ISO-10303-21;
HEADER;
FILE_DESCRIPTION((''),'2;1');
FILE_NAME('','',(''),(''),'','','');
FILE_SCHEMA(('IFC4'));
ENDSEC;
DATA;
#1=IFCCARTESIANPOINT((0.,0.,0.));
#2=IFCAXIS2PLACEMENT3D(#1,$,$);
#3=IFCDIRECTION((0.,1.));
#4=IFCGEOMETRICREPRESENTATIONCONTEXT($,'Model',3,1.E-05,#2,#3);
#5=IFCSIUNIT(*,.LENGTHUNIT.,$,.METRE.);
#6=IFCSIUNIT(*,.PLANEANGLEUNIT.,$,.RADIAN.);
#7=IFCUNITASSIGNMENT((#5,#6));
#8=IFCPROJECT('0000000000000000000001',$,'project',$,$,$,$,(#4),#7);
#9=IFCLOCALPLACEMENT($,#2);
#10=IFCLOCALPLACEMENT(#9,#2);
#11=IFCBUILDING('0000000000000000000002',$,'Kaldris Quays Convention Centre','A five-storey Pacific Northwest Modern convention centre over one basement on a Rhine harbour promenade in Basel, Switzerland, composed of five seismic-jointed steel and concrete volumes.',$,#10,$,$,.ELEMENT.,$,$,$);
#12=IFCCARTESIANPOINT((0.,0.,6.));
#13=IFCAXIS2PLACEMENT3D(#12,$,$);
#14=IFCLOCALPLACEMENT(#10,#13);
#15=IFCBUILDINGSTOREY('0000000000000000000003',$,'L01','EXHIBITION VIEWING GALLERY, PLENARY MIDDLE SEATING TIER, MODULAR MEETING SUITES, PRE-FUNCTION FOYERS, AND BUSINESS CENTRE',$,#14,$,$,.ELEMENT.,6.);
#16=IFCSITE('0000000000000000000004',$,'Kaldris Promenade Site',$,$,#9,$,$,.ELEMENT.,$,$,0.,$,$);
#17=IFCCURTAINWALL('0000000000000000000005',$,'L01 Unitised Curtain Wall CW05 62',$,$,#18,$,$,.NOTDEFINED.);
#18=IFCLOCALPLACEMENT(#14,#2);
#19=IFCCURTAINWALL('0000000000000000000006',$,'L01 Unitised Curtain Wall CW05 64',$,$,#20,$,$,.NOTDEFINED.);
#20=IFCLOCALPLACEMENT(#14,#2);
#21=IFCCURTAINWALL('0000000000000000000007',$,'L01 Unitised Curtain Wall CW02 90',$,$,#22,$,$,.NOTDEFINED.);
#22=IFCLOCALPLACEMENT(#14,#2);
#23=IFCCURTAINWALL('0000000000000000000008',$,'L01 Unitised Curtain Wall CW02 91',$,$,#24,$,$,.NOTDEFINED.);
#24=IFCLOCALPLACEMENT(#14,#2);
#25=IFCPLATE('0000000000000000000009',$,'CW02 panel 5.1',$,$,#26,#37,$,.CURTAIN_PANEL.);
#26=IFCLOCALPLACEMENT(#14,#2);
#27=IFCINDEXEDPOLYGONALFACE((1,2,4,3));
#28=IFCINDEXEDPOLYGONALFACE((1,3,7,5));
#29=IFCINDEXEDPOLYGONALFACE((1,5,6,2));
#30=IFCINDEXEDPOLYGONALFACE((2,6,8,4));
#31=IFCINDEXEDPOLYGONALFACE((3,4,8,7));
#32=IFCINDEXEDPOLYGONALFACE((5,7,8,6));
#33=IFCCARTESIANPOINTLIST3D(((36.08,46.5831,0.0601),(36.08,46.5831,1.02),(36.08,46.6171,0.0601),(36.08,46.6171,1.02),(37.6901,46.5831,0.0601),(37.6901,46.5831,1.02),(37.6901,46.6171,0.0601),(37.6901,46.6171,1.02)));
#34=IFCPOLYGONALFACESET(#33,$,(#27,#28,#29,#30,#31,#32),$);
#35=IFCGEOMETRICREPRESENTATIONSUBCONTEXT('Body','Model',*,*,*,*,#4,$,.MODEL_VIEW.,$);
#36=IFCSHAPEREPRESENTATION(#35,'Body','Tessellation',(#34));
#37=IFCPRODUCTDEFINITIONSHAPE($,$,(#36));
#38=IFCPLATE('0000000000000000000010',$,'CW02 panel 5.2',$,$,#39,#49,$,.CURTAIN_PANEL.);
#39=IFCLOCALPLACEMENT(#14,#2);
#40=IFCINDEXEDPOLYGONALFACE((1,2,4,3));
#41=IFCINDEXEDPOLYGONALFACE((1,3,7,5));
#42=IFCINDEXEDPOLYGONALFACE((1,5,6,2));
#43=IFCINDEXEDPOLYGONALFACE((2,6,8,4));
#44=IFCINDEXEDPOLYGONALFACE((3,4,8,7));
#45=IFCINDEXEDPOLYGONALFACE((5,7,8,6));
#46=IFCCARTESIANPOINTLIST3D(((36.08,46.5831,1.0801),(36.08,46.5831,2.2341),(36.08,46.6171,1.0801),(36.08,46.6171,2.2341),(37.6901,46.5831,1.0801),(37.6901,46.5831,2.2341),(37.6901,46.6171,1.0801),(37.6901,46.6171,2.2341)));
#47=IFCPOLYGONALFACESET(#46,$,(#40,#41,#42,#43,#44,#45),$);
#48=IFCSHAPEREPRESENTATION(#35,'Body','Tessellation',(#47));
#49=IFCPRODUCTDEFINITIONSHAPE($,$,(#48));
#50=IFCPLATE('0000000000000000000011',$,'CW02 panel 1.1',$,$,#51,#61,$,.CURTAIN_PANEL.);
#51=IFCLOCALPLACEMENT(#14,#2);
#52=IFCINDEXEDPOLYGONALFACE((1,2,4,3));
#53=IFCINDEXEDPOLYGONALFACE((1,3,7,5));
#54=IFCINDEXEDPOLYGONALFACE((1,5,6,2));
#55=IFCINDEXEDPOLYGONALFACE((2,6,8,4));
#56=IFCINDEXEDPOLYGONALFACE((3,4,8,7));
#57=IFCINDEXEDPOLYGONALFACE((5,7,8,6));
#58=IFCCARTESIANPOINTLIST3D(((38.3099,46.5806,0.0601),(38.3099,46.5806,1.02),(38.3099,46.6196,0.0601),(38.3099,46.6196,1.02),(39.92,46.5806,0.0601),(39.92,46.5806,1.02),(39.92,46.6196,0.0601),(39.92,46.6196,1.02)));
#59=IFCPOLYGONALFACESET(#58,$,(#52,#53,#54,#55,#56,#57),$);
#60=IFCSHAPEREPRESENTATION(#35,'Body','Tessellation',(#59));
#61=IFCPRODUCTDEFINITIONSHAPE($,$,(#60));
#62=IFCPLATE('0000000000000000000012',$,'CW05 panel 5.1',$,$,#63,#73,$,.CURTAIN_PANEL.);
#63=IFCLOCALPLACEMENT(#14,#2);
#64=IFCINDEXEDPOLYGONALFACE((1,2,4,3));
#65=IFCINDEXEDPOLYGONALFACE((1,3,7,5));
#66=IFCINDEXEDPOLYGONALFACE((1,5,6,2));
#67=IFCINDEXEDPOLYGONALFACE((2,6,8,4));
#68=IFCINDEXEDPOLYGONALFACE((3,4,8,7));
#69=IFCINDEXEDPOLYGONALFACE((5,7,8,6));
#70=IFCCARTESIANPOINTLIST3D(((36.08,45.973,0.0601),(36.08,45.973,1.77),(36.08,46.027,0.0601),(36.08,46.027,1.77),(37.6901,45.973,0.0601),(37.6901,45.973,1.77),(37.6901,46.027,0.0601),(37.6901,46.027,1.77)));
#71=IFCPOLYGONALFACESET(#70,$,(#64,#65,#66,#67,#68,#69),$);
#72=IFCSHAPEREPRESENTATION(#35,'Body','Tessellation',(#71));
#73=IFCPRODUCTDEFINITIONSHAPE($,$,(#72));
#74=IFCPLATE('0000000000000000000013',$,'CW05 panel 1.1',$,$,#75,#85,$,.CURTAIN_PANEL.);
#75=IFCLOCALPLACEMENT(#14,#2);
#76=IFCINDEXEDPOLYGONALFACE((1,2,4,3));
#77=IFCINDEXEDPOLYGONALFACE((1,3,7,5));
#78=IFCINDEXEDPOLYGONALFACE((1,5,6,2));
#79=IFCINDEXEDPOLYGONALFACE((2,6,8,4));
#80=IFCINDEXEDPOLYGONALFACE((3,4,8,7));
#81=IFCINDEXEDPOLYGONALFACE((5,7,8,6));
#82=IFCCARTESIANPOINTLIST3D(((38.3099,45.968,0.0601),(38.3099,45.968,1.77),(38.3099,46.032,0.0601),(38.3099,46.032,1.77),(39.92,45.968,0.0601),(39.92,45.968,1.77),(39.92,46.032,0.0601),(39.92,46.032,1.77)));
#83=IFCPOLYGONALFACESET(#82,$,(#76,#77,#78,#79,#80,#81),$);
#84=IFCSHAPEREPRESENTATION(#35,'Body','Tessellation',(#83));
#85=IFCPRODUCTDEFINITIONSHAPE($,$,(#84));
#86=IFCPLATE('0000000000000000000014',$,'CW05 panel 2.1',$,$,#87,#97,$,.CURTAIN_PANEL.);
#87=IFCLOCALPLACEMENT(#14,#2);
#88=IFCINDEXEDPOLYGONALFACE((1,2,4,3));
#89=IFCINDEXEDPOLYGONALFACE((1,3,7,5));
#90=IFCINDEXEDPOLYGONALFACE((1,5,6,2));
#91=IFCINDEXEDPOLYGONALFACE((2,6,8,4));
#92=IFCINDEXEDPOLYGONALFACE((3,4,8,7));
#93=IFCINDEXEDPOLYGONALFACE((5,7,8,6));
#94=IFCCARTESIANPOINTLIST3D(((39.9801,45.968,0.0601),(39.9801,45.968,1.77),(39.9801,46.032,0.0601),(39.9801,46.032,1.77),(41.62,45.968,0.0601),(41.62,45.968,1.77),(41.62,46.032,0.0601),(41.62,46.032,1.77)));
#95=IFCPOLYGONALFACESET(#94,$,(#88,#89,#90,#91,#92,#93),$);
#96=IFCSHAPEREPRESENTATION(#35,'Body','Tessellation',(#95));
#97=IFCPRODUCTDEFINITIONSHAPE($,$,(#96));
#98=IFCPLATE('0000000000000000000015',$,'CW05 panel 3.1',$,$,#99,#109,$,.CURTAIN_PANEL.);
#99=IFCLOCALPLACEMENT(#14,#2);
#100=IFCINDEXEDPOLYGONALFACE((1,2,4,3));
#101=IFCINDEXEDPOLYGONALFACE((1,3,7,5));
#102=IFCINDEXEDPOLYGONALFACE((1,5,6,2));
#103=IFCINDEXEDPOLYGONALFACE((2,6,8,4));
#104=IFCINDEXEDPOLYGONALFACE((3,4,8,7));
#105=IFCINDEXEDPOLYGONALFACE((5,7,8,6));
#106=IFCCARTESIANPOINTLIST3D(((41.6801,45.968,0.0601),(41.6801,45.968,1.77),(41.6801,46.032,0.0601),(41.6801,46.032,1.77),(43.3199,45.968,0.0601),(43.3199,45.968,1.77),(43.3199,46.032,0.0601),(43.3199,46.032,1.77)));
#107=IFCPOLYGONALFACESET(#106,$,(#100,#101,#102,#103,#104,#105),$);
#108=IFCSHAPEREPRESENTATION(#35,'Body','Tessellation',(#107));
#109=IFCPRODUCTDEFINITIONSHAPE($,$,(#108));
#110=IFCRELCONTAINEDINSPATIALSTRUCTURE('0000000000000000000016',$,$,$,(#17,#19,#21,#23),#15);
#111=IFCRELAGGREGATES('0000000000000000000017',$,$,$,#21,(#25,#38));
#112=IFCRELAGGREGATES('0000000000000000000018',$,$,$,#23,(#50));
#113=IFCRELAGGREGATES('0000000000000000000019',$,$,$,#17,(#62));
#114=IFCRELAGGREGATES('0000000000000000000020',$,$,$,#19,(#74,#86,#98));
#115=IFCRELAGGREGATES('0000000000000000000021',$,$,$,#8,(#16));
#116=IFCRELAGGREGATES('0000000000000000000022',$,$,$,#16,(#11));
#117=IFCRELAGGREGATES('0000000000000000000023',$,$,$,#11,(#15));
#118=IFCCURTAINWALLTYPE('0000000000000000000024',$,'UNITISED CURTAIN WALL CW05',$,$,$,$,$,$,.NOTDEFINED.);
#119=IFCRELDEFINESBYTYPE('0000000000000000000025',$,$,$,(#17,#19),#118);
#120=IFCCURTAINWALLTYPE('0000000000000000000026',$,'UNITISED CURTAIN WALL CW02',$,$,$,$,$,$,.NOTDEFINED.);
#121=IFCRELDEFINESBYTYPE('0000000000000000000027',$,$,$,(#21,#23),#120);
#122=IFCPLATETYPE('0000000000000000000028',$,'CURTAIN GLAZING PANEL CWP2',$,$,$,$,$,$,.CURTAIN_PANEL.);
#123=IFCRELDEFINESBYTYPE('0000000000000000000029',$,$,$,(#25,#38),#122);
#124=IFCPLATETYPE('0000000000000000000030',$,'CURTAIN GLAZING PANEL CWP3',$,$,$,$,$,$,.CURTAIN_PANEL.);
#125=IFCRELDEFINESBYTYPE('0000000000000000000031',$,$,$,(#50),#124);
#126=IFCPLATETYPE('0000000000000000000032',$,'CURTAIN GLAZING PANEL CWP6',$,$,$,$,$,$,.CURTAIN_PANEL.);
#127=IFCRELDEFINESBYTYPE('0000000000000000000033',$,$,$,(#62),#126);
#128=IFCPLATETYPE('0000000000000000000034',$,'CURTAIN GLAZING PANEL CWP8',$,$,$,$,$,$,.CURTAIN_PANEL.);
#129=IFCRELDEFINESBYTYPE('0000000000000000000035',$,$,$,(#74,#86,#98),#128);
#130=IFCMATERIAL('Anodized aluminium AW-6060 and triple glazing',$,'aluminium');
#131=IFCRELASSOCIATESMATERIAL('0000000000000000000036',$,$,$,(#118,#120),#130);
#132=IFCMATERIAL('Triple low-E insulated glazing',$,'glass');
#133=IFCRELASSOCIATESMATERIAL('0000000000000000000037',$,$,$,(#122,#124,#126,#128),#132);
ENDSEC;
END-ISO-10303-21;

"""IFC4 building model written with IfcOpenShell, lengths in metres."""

from ifc_helpers import new_model, si_unit, direction, frame, origin, origin_2d, place, context, subcontext, project, spatial, rectangle, extrude, material, type_object, element, aggregate, save


model = new_model("IFC4")

# Units and contexts
model_context = context("Model", 3, precision=1e-05, world=origin(), true_north=direction((0.0, 1.0)))
body_context = subcontext(model_context, "Body", "Model", "MODEL_VIEW")
ifc_project = project(units=[si_unit("LENGTHUNIT", "METRE"), si_unit("PLANEANGLEUNIT", "RADIAN")], contexts=[model_context])

# Site, building, storey
site_placement = place(None, origin())
site = spatial("IfcSite", under=ifc_project, at=site_placement, Name="Kaldris Promenade Site", CompositionType="ELEMENT", RefElevation=0.0)
building_placement = place(site_placement, origin())
building = spatial("IfcBuilding", under=site, at=building_placement, Name="Kaldris Quays Convention Centre", Description="A five-storey Pacific Northwest Modern convention centre over one basement on a Rhine harbour promenade in Basel, Switzerland, composed of five seismic-jointed steel and concrete volumes.", CompositionType="ELEMENT")
storey_placement = place(building_placement, frame((0.0, 0.0, 6.0)))
storey = spatial("IfcBuildingStorey", under=building, at=storey_placement, Name="L01", Description="EXHIBITION VIEWING GALLERY, PLENARY MIDDLE SEATING TIER, MODULAR MEETING SUITES, PRE-FUNCTION FOYERS, AND BUSINESS CENTRE", CompositionType="ELEMENT", Elevation=6.0)

# Curtain walls
ifc_material_1 = material(Name="Anodized aluminium AW-6060 and triple glazing", Category="aluminium")
curtain_wall_type_1 = type_object("IfcCurtainWallType", Name="UNITISED CURTAIN WALL CW05", PredefinedType="NOTDEFINED", material=ifc_material_1)
curtain_wall_1_placement = place(storey_placement, origin())
curtain_wall_1 = element("IfcCurtainWall", 1, at=curtain_wall_1_placement, inside=storey, type_object=curtain_wall_type_1, Name="L01 Unitised Curtain Wall CW05 62", PredefinedType="NOTDEFINED")
curtain_wall_2_placement = place(storey_placement, origin())
curtain_wall_2 = element("IfcCurtainWall", 2, at=curtain_wall_2_placement, inside=storey, type_object=curtain_wall_type_1, Name="L01 Unitised Curtain Wall CW05 64", PredefinedType="NOTDEFINED")
curtain_wall_type_2 = type_object("IfcCurtainWallType", Name="UNITISED CURTAIN WALL CW02", PredefinedType="NOTDEFINED", material=ifc_material_1)
curtain_wall_3_placement = place(storey_placement, origin())
curtain_wall_3 = element("IfcCurtainWall", 3, at=curtain_wall_3_placement, inside=storey, type_object=curtain_wall_type_2, Name="L01 Unitised Curtain Wall CW02 90", PredefinedType="NOTDEFINED")

# Curtain wall
curtain_wall_4_placement = place(storey_placement, origin())
curtain_wall_4 = element("IfcCurtainWall", 4, at=curtain_wall_4_placement, inside=storey, type_object=curtain_wall_type_2, Name="L01 Unitised Curtain Wall CW02 91", PredefinedType="NOTDEFINED")

# Plates
ifc_material_2 = material(Name="Triple low-E insulated glazing", Category="glass")
plate_type_1 = type_object("IfcPlateType", Name="CURTAIN GLAZING PANEL CWP2", PredefinedType="CURTAIN_PANEL", material=ifc_material_2)
plate_1_placement = place(storey_placement, frame((36.885, 46.6001, 0.0601), z_axis=(0.0, 0.0, 1.0), x_axis=(1.0, 0.0, 0.0)))
plate_1 = element("IfcPlate", 5, at=plate_1_placement, type_object=plate_type_1, Name="CW02 panel 5.1", PredefinedType="CURTAIN_PANEL", context=body_context, shape_type="SweptSolid", body=[
    extrude(rectangle(XDim=1.6101, YDim=0.0339, at=origin_2d()), origin(), (0.0, 0.0, 1.0), 0.96),
])
plate_2_placement = place(storey_placement, frame((36.885, 46.6001, 1.0801), z_axis=(0.0, 0.0, 1.0), x_axis=(1.0, 0.0, 0.0)))
plate_2 = element("IfcPlate", 6, at=plate_2_placement, type_object=plate_type_1, Name="CW02 panel 5.2", PredefinedType="CURTAIN_PANEL", context=body_context, shape_type="SweptSolid", body=[
    extrude(rectangle(XDim=1.6101, YDim=0.0339, at=origin_2d()), origin(), (0.0, 0.0, 1.0), 1.1541),
])
aggregate(curtain_wall_3, [plate_1, plate_2])
plate_type_2 = type_object("IfcPlateType", Name="CURTAIN GLAZING PANEL CWP3", PredefinedType="CURTAIN_PANEL", material=ifc_material_2)
plate_3_placement = place(storey_placement, frame((39.115, 46.6001, 0.0601), z_axis=(0.0, 0.0, 1.0), x_axis=(1.0, 0.0, 0.0)))
plate_3 = element("IfcPlate", 7, at=plate_3_placement, type_object=plate_type_2, Name="CW02 panel 1.1", PredefinedType="CURTAIN_PANEL", context=body_context, shape_type="SweptSolid", body=[
    extrude(rectangle(XDim=1.6101, YDim=0.0391, at=origin_2d()), origin(), (0.0, 0.0, 1.0), 0.96),
])
aggregate(curtain_wall_4, [plate_3])
plate_type_3 = type_object("IfcPlateType", Name="CURTAIN GLAZING PANEL CWP6", PredefinedType="CURTAIN_PANEL", material=ifc_material_2)
plate_4_placement = place(storey_placement, frame((36.885, 46.0, 0.0601), z_axis=(0.0, 0.0, 1.0), x_axis=(1.0, 0.0, 0.0)))
plate_4 = element("IfcPlate", 8, at=plate_4_placement, type_object=plate_type_3, Name="CW05 panel 5.1", PredefinedType="CURTAIN_PANEL", context=body_context, shape_type="SweptSolid", body=[
    extrude(rectangle(XDim=1.6101, YDim=0.054, at=origin_2d()), origin(), (0.0, 0.0, 1.0), 1.71),
])
aggregate(curtain_wall_1, [plate_4])
plate_type_4 = type_object("IfcPlateType", Name="CURTAIN GLAZING PANEL CWP8", PredefinedType="CURTAIN_PANEL", material=ifc_material_2)
plate_5_placement = place(storey_placement, frame((39.115, 46.0, 0.0601), z_axis=(0.0, 0.0, 1.0), x_axis=(1.0, 0.0, 0.0)))
plate_5 = element("IfcPlate", 9, at=plate_5_placement, type_object=plate_type_4, Name="CW05 panel 1.1", PredefinedType="CURTAIN_PANEL", context=body_context, shape_type="SweptSolid", body=[
    extrude(rectangle(XDim=1.6101, YDim=0.064, at=origin_2d()), origin(), (0.0, 0.0, 1.0), 1.71),
])
plate_6_placement = place(storey_placement, frame((40.8, 46.0, 0.0601), z_axis=(0.0, 0.0, 1.0), x_axis=(1.0, 0.0, 0.0)))
plate_6 = element("IfcPlate", 10, at=plate_6_placement, type_object=plate_type_4, Name="CW05 panel 2.1", PredefinedType="CURTAIN_PANEL", context=body_context, shape_type="SweptSolid", body=[
    extrude(rectangle(XDim=1.6399, YDim=0.064, at=origin_2d()), origin(), (0.0, 0.0, 1.0), 1.71),
])
plate_7_placement = place(storey_placement, frame((42.5, 46.0, 0.0601), z_axis=(0.0, 0.0, 1.0), x_axis=(1.0, 0.0, 0.0)))
plate_7 = element("IfcPlate", 11, at=plate_7_placement, type_object=plate_type_4, Name="CW05 panel 3.1", PredefinedType="CURTAIN_PANEL", context=body_context, shape_type="SweptSolid", body=[
    extrude(rectangle(XDim=1.6399, YDim=0.064, at=origin_2d()), origin(), (0.0, 0.0, 1.0), 1.71),
])
aggregate(curtain_wall_2, [plate_5, plate_6, plate_7])

save(model, "model.ifc")
